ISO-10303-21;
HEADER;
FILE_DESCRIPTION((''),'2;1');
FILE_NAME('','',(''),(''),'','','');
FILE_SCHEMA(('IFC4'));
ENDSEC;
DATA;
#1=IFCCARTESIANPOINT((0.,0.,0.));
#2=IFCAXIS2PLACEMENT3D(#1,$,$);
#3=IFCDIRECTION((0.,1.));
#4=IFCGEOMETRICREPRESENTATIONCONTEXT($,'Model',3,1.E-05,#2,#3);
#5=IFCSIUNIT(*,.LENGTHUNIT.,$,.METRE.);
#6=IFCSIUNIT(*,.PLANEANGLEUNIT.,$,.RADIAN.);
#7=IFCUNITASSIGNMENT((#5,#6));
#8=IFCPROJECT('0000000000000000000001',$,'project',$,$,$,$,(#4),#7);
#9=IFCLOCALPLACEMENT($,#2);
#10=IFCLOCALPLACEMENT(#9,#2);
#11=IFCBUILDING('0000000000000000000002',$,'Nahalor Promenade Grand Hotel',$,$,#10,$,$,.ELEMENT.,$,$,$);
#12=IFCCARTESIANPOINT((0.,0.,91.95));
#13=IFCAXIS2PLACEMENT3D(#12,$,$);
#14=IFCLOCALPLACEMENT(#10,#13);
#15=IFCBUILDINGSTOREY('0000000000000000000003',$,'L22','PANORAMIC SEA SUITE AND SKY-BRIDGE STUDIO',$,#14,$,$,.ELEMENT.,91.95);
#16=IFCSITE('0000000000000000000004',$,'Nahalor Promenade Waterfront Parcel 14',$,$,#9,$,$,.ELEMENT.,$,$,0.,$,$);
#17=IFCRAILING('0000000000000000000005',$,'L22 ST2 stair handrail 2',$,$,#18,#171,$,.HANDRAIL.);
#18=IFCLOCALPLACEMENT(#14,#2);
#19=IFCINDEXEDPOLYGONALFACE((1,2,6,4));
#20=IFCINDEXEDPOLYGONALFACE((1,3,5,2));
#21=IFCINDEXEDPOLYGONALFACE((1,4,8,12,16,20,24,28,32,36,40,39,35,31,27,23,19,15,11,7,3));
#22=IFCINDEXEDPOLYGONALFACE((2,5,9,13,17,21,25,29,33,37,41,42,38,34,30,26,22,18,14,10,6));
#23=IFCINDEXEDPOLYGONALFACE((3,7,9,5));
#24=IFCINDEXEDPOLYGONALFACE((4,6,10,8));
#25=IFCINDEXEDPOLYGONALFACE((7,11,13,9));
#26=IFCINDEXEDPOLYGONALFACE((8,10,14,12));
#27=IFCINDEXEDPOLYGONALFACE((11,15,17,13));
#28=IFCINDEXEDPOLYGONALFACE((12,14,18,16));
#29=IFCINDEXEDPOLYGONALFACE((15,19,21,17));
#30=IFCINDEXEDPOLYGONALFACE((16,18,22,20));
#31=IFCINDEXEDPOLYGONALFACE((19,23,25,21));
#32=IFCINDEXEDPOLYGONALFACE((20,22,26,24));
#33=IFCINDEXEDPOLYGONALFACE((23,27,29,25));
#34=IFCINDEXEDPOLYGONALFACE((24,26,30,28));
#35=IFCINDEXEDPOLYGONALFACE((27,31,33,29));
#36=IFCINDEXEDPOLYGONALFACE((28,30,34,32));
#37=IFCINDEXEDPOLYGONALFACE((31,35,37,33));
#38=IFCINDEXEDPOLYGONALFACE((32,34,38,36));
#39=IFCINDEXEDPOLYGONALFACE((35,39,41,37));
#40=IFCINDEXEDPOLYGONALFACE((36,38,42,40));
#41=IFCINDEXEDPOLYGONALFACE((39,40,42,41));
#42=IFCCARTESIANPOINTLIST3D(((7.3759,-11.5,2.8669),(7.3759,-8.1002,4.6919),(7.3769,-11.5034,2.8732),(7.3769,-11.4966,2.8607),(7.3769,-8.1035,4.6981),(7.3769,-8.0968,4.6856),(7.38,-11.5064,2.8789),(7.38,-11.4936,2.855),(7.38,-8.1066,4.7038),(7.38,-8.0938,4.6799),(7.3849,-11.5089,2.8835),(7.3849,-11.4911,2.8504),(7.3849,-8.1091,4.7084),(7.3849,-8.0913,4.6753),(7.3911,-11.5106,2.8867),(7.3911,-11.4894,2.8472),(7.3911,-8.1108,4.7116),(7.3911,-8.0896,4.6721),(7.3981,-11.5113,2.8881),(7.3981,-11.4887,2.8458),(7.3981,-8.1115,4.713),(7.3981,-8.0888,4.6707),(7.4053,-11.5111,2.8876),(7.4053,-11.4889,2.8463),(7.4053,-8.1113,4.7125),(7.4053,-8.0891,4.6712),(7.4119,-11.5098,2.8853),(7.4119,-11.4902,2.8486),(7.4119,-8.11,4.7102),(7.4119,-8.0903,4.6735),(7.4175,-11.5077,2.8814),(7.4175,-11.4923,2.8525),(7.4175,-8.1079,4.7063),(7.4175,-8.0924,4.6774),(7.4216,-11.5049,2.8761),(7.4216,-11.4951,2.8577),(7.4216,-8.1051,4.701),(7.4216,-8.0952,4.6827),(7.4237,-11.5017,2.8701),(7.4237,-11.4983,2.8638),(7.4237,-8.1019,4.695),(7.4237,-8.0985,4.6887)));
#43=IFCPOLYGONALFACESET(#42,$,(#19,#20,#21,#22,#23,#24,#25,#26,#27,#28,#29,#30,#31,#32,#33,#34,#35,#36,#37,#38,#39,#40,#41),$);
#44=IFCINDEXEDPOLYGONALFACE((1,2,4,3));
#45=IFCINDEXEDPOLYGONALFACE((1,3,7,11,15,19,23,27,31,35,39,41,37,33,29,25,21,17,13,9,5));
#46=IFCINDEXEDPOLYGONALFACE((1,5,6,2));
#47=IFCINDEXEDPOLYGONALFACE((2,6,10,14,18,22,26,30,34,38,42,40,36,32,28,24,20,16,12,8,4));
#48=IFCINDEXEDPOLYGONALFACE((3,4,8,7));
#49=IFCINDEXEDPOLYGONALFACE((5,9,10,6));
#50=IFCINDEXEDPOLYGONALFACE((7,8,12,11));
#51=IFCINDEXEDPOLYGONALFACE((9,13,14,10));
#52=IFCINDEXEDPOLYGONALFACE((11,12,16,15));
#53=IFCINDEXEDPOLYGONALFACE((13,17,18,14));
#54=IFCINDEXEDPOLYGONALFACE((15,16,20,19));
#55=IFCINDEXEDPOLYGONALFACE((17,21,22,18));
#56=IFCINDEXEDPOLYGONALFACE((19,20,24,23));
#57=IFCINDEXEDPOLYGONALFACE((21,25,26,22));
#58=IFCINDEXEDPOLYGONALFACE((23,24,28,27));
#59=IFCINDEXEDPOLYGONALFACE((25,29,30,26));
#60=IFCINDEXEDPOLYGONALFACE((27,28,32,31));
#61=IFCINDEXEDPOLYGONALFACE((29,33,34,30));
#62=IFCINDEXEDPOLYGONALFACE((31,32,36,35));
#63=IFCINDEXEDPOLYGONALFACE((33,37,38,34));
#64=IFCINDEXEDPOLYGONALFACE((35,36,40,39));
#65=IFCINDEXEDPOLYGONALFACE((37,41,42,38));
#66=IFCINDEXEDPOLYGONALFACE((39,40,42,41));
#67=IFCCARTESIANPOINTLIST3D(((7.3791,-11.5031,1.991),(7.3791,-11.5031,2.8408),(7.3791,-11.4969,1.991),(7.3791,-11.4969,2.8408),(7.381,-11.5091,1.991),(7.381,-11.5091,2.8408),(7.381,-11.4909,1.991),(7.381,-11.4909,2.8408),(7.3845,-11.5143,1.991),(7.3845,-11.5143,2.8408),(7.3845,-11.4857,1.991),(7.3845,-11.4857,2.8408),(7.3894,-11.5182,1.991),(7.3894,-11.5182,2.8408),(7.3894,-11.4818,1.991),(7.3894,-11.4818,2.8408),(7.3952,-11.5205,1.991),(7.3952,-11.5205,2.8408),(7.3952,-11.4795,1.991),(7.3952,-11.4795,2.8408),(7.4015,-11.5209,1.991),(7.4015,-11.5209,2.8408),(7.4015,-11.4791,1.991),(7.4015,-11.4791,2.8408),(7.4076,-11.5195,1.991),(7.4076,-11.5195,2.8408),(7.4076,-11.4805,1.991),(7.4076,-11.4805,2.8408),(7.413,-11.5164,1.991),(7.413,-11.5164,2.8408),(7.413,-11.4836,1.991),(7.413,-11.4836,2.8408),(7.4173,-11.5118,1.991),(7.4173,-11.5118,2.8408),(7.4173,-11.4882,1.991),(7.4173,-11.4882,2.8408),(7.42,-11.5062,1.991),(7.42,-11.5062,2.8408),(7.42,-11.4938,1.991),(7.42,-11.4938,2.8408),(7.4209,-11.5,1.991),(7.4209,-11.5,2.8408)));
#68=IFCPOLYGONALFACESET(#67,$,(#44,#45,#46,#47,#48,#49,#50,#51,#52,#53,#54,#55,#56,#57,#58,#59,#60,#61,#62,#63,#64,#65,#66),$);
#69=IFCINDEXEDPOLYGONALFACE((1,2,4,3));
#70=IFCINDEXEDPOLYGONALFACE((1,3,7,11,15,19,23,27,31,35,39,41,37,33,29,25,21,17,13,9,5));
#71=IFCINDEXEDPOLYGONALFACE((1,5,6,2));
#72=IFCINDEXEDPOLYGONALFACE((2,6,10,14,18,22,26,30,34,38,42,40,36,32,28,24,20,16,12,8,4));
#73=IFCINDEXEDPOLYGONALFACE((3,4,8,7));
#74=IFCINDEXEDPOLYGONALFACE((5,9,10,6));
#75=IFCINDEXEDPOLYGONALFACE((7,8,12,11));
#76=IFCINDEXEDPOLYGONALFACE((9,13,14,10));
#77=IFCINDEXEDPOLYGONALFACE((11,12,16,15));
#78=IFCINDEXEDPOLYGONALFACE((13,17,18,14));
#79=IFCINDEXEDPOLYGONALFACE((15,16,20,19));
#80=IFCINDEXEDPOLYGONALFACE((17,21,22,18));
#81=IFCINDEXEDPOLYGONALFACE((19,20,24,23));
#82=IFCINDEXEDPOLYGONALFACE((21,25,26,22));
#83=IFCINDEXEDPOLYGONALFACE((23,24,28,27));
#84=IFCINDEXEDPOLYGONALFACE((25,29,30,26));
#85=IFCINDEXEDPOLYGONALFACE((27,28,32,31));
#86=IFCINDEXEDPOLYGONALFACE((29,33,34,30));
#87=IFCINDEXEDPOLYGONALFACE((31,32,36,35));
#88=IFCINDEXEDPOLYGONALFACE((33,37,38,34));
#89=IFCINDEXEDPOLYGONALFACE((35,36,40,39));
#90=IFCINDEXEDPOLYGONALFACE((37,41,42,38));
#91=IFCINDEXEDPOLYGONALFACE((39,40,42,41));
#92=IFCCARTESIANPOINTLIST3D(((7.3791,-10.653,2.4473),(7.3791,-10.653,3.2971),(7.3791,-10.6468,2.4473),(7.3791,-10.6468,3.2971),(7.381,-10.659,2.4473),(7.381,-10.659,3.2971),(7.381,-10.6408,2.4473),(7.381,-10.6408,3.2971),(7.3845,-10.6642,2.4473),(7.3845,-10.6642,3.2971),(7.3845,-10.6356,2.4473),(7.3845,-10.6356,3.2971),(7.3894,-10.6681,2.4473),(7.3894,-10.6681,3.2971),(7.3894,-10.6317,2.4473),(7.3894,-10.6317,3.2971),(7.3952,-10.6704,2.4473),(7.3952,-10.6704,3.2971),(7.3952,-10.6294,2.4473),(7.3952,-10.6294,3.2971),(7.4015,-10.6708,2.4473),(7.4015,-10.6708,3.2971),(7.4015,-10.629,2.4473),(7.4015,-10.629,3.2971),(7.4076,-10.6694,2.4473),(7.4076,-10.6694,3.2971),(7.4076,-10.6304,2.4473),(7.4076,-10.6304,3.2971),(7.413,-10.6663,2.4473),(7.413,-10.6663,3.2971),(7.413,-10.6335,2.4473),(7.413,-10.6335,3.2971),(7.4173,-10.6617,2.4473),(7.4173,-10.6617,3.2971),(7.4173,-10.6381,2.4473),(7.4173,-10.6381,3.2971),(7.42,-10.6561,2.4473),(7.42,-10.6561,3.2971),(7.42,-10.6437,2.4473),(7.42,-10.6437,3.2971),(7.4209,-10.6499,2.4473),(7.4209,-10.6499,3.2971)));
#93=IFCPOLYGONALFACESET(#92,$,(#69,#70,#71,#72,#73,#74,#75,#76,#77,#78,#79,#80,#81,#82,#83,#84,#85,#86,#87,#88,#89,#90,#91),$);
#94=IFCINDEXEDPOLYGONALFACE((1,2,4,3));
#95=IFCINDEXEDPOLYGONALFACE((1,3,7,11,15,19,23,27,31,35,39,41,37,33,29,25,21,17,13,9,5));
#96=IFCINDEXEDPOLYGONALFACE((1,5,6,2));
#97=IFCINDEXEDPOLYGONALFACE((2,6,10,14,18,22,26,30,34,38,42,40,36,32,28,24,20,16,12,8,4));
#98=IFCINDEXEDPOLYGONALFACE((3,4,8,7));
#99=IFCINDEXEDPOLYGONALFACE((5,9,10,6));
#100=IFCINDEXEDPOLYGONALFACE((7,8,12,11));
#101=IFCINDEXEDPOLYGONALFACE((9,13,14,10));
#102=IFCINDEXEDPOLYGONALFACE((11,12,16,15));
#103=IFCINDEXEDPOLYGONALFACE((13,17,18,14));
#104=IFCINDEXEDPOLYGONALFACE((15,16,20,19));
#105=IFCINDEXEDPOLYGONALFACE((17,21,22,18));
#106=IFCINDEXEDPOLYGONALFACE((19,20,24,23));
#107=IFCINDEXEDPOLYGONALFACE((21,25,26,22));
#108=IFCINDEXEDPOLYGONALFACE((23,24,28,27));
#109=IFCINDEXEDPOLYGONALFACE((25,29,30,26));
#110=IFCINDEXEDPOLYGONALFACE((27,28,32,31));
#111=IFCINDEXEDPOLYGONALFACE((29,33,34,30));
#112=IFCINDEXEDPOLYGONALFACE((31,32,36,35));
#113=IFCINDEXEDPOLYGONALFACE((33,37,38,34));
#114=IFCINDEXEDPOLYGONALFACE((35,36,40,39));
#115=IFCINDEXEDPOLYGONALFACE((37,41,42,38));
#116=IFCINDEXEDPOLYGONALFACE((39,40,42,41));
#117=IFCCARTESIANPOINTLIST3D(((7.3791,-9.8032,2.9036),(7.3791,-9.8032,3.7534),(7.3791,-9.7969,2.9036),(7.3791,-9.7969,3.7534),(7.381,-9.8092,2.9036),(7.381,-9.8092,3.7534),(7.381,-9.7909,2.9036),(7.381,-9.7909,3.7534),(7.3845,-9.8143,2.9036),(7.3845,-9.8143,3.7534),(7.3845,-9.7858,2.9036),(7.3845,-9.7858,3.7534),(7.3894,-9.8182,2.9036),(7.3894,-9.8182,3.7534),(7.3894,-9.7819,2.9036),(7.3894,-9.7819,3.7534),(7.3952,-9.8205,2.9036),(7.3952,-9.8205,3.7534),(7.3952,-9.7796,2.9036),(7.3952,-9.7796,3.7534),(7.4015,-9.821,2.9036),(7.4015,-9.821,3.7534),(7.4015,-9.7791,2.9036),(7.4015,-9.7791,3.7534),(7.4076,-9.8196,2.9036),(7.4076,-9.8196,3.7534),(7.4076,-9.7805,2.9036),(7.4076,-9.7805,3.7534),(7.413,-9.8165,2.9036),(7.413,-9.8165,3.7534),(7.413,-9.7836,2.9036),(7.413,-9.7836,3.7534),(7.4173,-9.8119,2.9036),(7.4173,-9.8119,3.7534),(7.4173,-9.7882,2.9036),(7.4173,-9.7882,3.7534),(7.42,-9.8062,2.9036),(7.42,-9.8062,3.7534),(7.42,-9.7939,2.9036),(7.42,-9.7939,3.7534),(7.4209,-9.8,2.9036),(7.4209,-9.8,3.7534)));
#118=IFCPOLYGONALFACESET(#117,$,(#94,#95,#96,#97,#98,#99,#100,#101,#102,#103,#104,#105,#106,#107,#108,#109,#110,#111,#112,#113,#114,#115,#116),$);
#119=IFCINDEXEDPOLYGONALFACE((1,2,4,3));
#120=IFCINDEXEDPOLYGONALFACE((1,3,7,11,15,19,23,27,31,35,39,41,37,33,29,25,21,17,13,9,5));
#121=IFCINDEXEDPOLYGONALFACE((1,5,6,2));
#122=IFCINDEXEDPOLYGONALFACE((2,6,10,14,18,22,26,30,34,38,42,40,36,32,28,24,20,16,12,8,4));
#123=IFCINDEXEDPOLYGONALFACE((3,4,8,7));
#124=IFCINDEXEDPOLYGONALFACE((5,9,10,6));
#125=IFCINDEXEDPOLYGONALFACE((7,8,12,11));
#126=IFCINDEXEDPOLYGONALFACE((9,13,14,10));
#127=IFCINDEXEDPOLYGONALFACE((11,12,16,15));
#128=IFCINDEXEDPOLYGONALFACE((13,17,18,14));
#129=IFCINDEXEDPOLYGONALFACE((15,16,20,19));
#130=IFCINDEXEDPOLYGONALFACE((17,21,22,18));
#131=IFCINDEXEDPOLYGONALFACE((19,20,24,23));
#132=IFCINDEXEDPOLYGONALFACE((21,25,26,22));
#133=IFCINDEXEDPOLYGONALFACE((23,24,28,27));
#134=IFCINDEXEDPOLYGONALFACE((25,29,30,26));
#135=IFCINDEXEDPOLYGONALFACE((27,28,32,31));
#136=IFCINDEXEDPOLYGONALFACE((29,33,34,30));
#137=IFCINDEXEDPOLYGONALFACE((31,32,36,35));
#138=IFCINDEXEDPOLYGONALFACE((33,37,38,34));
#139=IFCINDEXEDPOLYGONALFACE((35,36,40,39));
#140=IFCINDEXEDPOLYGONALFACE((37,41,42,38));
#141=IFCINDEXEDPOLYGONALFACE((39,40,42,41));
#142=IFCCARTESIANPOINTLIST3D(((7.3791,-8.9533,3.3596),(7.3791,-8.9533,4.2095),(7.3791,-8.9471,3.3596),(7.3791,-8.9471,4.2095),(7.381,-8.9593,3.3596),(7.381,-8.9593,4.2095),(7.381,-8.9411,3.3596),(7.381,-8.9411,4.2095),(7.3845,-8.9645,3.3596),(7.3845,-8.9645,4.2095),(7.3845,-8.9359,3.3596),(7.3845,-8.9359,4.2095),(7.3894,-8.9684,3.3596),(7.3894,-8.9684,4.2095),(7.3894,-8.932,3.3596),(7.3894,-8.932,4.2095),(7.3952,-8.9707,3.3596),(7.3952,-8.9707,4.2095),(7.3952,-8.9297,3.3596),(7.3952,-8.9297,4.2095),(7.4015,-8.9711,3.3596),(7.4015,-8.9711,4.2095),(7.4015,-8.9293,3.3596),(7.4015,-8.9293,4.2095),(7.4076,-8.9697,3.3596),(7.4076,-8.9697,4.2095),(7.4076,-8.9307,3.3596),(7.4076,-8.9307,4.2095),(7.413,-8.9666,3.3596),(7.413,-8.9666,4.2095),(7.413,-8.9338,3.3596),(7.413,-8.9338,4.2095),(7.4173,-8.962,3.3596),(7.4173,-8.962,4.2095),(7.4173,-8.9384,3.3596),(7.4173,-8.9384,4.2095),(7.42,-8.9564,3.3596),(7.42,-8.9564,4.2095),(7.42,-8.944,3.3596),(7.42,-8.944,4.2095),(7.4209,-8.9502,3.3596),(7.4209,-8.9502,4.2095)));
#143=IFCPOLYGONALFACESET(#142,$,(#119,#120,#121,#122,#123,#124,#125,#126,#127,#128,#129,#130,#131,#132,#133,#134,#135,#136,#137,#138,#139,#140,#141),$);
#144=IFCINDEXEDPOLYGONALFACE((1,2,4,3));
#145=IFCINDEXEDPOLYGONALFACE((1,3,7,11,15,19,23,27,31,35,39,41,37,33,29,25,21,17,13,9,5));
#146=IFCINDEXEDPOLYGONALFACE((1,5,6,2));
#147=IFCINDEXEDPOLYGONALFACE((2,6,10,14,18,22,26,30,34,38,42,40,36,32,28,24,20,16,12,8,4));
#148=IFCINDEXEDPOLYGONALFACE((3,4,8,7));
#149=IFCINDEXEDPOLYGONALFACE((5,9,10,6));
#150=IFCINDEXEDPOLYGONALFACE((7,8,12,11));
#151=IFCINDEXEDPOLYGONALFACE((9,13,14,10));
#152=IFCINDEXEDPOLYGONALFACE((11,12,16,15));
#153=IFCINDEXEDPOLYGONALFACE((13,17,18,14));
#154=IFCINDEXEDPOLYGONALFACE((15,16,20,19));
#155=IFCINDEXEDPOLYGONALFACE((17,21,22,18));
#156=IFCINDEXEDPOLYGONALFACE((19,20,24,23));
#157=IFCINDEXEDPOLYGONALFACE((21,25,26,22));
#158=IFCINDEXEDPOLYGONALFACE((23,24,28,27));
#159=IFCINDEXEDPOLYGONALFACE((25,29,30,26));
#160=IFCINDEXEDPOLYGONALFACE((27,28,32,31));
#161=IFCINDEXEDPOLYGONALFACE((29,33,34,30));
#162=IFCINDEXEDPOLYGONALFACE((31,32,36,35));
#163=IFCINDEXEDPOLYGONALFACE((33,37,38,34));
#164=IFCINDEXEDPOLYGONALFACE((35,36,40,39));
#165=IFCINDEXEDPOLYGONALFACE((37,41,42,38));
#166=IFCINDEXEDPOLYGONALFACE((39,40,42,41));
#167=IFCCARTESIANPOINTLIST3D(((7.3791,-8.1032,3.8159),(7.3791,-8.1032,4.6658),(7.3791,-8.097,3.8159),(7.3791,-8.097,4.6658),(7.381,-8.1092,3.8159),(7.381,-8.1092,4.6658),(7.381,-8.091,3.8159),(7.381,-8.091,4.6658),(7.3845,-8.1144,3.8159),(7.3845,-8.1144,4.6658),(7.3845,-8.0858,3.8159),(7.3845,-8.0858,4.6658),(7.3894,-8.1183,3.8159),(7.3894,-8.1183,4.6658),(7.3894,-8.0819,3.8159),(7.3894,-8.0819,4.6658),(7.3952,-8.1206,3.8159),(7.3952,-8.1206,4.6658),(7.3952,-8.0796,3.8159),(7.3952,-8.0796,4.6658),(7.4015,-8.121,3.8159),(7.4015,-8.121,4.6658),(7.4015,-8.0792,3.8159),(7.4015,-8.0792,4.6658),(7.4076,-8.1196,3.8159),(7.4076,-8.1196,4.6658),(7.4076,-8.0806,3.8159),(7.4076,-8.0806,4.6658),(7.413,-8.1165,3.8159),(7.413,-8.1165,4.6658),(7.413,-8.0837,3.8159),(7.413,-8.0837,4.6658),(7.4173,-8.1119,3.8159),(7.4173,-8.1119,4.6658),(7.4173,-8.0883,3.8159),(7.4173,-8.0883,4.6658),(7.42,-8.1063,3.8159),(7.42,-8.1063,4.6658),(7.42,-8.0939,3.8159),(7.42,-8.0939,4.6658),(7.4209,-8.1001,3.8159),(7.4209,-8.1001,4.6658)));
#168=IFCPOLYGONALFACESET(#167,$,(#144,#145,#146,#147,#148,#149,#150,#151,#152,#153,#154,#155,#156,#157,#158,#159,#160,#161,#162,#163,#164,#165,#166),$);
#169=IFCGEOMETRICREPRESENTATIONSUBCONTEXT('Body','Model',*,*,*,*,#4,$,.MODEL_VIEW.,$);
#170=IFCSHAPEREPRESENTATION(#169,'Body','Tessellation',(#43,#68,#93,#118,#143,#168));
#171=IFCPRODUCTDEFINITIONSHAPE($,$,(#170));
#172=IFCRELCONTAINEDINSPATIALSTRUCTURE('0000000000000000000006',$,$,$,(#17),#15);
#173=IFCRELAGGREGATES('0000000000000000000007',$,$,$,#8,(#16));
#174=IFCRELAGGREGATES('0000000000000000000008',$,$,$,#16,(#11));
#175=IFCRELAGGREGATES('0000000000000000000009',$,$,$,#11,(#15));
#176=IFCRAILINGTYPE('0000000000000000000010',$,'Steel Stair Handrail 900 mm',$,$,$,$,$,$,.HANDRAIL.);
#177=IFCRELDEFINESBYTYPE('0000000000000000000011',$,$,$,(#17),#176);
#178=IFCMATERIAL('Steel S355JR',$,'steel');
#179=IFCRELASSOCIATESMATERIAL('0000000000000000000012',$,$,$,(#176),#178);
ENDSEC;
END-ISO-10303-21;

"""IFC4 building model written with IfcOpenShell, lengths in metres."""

from ifc_helpers import new_model, si_unit, direction, frame, origin, origin_2d, place, context, subcontext, project, spatial, circle, extrude, material, type_object, element, save


model = new_model("IFC4")

# Units and contexts
model_context = context("Model", 3, precision=1e-05, world=origin(), true_north=direction((0.0, 1.0)))
body_context = subcontext(model_context, "Body", "Model", "MODEL_VIEW")
ifc_project = project(units=[si_unit("LENGTHUNIT", "METRE"), si_unit("PLANEANGLEUNIT", "RADIAN")], contexts=[model_context])

# Site, building, storey
site_placement = place(None, origin())
site = spatial("IfcSite", under=ifc_project, at=site_placement, Name="Nahalor Promenade Waterfront Parcel 14", CompositionType="ELEMENT", RefElevation=0.0)
building_placement = place(site_placement, origin())
building = spatial("IfcBuilding", under=site, at=building_placement, Name="Nahalor Promenade Grand Hotel", CompositionType="ELEMENT")
storey_placement = place(building_placement, frame((0.0, 0.0, 91.95)))
storey = spatial("IfcBuildingStorey", under=building, at=storey_placement, Name="L22", Description="PANORAMIC SEA SUITE AND SKY-BRIDGE STUDIO", CompositionType="ELEMENT", Elevation=91.95)

# Shared definitions
ifc_material_1 = material(Name="Steel S355JR", Category="steel")

# Railing
railing_type_1 = type_object("IfcRailingType", Name="Steel Stair Handrail 900 mm", PredefinedType="HANDRAIL", material=ifc_material_1)
railing_1_placement = place(storey_placement, frame((7.3999, -11.5, 1.991)))
element("IfcRailing", 1, at=railing_1_placement, inside=storey, type_object=railing_type_1, Name="L22 ST2 stair handrail 2", PredefinedType="HANDRAIL", context=body_context, shape_type="SweptSolid", body=[
    extrude(circle(Radius=0.024, at=origin_2d()), frame((0.0, 0.0, 0.876), z_axis=(0.0, 0.881094, 0.472941), x_axis=(-1.0, 0.0, 0.0)), (0.0, 0.0, 1.0), 3.8586),
    extrude(circle(Radius=0.021, at=origin_2d()), origin(), (0.0, 0.0, 1.0), 0.8499),
    extrude(circle(Radius=0.021, at=origin_2d()), frame((0.0, 0.8501, 0.4563)), (0.0, 0.0, 1.0), 0.8499),
    extrude(circle(Radius=0.021, at=origin_2d()), frame((0.0, 1.7, 0.9126)), (0.0, 0.0, 1.0), 0.8499),
    extrude(circle(Radius=0.021, at=origin_2d()), frame((0.0, 2.5498, 1.3687)), (0.0, 0.0, 1.0), 0.8499),
    extrude(circle(Radius=0.021, at=origin_2d()), frame((0.0, 3.3999, 1.825)), (0.0, 0.0, 1.0), 0.8499),
])

save(model, "model.ifc")
